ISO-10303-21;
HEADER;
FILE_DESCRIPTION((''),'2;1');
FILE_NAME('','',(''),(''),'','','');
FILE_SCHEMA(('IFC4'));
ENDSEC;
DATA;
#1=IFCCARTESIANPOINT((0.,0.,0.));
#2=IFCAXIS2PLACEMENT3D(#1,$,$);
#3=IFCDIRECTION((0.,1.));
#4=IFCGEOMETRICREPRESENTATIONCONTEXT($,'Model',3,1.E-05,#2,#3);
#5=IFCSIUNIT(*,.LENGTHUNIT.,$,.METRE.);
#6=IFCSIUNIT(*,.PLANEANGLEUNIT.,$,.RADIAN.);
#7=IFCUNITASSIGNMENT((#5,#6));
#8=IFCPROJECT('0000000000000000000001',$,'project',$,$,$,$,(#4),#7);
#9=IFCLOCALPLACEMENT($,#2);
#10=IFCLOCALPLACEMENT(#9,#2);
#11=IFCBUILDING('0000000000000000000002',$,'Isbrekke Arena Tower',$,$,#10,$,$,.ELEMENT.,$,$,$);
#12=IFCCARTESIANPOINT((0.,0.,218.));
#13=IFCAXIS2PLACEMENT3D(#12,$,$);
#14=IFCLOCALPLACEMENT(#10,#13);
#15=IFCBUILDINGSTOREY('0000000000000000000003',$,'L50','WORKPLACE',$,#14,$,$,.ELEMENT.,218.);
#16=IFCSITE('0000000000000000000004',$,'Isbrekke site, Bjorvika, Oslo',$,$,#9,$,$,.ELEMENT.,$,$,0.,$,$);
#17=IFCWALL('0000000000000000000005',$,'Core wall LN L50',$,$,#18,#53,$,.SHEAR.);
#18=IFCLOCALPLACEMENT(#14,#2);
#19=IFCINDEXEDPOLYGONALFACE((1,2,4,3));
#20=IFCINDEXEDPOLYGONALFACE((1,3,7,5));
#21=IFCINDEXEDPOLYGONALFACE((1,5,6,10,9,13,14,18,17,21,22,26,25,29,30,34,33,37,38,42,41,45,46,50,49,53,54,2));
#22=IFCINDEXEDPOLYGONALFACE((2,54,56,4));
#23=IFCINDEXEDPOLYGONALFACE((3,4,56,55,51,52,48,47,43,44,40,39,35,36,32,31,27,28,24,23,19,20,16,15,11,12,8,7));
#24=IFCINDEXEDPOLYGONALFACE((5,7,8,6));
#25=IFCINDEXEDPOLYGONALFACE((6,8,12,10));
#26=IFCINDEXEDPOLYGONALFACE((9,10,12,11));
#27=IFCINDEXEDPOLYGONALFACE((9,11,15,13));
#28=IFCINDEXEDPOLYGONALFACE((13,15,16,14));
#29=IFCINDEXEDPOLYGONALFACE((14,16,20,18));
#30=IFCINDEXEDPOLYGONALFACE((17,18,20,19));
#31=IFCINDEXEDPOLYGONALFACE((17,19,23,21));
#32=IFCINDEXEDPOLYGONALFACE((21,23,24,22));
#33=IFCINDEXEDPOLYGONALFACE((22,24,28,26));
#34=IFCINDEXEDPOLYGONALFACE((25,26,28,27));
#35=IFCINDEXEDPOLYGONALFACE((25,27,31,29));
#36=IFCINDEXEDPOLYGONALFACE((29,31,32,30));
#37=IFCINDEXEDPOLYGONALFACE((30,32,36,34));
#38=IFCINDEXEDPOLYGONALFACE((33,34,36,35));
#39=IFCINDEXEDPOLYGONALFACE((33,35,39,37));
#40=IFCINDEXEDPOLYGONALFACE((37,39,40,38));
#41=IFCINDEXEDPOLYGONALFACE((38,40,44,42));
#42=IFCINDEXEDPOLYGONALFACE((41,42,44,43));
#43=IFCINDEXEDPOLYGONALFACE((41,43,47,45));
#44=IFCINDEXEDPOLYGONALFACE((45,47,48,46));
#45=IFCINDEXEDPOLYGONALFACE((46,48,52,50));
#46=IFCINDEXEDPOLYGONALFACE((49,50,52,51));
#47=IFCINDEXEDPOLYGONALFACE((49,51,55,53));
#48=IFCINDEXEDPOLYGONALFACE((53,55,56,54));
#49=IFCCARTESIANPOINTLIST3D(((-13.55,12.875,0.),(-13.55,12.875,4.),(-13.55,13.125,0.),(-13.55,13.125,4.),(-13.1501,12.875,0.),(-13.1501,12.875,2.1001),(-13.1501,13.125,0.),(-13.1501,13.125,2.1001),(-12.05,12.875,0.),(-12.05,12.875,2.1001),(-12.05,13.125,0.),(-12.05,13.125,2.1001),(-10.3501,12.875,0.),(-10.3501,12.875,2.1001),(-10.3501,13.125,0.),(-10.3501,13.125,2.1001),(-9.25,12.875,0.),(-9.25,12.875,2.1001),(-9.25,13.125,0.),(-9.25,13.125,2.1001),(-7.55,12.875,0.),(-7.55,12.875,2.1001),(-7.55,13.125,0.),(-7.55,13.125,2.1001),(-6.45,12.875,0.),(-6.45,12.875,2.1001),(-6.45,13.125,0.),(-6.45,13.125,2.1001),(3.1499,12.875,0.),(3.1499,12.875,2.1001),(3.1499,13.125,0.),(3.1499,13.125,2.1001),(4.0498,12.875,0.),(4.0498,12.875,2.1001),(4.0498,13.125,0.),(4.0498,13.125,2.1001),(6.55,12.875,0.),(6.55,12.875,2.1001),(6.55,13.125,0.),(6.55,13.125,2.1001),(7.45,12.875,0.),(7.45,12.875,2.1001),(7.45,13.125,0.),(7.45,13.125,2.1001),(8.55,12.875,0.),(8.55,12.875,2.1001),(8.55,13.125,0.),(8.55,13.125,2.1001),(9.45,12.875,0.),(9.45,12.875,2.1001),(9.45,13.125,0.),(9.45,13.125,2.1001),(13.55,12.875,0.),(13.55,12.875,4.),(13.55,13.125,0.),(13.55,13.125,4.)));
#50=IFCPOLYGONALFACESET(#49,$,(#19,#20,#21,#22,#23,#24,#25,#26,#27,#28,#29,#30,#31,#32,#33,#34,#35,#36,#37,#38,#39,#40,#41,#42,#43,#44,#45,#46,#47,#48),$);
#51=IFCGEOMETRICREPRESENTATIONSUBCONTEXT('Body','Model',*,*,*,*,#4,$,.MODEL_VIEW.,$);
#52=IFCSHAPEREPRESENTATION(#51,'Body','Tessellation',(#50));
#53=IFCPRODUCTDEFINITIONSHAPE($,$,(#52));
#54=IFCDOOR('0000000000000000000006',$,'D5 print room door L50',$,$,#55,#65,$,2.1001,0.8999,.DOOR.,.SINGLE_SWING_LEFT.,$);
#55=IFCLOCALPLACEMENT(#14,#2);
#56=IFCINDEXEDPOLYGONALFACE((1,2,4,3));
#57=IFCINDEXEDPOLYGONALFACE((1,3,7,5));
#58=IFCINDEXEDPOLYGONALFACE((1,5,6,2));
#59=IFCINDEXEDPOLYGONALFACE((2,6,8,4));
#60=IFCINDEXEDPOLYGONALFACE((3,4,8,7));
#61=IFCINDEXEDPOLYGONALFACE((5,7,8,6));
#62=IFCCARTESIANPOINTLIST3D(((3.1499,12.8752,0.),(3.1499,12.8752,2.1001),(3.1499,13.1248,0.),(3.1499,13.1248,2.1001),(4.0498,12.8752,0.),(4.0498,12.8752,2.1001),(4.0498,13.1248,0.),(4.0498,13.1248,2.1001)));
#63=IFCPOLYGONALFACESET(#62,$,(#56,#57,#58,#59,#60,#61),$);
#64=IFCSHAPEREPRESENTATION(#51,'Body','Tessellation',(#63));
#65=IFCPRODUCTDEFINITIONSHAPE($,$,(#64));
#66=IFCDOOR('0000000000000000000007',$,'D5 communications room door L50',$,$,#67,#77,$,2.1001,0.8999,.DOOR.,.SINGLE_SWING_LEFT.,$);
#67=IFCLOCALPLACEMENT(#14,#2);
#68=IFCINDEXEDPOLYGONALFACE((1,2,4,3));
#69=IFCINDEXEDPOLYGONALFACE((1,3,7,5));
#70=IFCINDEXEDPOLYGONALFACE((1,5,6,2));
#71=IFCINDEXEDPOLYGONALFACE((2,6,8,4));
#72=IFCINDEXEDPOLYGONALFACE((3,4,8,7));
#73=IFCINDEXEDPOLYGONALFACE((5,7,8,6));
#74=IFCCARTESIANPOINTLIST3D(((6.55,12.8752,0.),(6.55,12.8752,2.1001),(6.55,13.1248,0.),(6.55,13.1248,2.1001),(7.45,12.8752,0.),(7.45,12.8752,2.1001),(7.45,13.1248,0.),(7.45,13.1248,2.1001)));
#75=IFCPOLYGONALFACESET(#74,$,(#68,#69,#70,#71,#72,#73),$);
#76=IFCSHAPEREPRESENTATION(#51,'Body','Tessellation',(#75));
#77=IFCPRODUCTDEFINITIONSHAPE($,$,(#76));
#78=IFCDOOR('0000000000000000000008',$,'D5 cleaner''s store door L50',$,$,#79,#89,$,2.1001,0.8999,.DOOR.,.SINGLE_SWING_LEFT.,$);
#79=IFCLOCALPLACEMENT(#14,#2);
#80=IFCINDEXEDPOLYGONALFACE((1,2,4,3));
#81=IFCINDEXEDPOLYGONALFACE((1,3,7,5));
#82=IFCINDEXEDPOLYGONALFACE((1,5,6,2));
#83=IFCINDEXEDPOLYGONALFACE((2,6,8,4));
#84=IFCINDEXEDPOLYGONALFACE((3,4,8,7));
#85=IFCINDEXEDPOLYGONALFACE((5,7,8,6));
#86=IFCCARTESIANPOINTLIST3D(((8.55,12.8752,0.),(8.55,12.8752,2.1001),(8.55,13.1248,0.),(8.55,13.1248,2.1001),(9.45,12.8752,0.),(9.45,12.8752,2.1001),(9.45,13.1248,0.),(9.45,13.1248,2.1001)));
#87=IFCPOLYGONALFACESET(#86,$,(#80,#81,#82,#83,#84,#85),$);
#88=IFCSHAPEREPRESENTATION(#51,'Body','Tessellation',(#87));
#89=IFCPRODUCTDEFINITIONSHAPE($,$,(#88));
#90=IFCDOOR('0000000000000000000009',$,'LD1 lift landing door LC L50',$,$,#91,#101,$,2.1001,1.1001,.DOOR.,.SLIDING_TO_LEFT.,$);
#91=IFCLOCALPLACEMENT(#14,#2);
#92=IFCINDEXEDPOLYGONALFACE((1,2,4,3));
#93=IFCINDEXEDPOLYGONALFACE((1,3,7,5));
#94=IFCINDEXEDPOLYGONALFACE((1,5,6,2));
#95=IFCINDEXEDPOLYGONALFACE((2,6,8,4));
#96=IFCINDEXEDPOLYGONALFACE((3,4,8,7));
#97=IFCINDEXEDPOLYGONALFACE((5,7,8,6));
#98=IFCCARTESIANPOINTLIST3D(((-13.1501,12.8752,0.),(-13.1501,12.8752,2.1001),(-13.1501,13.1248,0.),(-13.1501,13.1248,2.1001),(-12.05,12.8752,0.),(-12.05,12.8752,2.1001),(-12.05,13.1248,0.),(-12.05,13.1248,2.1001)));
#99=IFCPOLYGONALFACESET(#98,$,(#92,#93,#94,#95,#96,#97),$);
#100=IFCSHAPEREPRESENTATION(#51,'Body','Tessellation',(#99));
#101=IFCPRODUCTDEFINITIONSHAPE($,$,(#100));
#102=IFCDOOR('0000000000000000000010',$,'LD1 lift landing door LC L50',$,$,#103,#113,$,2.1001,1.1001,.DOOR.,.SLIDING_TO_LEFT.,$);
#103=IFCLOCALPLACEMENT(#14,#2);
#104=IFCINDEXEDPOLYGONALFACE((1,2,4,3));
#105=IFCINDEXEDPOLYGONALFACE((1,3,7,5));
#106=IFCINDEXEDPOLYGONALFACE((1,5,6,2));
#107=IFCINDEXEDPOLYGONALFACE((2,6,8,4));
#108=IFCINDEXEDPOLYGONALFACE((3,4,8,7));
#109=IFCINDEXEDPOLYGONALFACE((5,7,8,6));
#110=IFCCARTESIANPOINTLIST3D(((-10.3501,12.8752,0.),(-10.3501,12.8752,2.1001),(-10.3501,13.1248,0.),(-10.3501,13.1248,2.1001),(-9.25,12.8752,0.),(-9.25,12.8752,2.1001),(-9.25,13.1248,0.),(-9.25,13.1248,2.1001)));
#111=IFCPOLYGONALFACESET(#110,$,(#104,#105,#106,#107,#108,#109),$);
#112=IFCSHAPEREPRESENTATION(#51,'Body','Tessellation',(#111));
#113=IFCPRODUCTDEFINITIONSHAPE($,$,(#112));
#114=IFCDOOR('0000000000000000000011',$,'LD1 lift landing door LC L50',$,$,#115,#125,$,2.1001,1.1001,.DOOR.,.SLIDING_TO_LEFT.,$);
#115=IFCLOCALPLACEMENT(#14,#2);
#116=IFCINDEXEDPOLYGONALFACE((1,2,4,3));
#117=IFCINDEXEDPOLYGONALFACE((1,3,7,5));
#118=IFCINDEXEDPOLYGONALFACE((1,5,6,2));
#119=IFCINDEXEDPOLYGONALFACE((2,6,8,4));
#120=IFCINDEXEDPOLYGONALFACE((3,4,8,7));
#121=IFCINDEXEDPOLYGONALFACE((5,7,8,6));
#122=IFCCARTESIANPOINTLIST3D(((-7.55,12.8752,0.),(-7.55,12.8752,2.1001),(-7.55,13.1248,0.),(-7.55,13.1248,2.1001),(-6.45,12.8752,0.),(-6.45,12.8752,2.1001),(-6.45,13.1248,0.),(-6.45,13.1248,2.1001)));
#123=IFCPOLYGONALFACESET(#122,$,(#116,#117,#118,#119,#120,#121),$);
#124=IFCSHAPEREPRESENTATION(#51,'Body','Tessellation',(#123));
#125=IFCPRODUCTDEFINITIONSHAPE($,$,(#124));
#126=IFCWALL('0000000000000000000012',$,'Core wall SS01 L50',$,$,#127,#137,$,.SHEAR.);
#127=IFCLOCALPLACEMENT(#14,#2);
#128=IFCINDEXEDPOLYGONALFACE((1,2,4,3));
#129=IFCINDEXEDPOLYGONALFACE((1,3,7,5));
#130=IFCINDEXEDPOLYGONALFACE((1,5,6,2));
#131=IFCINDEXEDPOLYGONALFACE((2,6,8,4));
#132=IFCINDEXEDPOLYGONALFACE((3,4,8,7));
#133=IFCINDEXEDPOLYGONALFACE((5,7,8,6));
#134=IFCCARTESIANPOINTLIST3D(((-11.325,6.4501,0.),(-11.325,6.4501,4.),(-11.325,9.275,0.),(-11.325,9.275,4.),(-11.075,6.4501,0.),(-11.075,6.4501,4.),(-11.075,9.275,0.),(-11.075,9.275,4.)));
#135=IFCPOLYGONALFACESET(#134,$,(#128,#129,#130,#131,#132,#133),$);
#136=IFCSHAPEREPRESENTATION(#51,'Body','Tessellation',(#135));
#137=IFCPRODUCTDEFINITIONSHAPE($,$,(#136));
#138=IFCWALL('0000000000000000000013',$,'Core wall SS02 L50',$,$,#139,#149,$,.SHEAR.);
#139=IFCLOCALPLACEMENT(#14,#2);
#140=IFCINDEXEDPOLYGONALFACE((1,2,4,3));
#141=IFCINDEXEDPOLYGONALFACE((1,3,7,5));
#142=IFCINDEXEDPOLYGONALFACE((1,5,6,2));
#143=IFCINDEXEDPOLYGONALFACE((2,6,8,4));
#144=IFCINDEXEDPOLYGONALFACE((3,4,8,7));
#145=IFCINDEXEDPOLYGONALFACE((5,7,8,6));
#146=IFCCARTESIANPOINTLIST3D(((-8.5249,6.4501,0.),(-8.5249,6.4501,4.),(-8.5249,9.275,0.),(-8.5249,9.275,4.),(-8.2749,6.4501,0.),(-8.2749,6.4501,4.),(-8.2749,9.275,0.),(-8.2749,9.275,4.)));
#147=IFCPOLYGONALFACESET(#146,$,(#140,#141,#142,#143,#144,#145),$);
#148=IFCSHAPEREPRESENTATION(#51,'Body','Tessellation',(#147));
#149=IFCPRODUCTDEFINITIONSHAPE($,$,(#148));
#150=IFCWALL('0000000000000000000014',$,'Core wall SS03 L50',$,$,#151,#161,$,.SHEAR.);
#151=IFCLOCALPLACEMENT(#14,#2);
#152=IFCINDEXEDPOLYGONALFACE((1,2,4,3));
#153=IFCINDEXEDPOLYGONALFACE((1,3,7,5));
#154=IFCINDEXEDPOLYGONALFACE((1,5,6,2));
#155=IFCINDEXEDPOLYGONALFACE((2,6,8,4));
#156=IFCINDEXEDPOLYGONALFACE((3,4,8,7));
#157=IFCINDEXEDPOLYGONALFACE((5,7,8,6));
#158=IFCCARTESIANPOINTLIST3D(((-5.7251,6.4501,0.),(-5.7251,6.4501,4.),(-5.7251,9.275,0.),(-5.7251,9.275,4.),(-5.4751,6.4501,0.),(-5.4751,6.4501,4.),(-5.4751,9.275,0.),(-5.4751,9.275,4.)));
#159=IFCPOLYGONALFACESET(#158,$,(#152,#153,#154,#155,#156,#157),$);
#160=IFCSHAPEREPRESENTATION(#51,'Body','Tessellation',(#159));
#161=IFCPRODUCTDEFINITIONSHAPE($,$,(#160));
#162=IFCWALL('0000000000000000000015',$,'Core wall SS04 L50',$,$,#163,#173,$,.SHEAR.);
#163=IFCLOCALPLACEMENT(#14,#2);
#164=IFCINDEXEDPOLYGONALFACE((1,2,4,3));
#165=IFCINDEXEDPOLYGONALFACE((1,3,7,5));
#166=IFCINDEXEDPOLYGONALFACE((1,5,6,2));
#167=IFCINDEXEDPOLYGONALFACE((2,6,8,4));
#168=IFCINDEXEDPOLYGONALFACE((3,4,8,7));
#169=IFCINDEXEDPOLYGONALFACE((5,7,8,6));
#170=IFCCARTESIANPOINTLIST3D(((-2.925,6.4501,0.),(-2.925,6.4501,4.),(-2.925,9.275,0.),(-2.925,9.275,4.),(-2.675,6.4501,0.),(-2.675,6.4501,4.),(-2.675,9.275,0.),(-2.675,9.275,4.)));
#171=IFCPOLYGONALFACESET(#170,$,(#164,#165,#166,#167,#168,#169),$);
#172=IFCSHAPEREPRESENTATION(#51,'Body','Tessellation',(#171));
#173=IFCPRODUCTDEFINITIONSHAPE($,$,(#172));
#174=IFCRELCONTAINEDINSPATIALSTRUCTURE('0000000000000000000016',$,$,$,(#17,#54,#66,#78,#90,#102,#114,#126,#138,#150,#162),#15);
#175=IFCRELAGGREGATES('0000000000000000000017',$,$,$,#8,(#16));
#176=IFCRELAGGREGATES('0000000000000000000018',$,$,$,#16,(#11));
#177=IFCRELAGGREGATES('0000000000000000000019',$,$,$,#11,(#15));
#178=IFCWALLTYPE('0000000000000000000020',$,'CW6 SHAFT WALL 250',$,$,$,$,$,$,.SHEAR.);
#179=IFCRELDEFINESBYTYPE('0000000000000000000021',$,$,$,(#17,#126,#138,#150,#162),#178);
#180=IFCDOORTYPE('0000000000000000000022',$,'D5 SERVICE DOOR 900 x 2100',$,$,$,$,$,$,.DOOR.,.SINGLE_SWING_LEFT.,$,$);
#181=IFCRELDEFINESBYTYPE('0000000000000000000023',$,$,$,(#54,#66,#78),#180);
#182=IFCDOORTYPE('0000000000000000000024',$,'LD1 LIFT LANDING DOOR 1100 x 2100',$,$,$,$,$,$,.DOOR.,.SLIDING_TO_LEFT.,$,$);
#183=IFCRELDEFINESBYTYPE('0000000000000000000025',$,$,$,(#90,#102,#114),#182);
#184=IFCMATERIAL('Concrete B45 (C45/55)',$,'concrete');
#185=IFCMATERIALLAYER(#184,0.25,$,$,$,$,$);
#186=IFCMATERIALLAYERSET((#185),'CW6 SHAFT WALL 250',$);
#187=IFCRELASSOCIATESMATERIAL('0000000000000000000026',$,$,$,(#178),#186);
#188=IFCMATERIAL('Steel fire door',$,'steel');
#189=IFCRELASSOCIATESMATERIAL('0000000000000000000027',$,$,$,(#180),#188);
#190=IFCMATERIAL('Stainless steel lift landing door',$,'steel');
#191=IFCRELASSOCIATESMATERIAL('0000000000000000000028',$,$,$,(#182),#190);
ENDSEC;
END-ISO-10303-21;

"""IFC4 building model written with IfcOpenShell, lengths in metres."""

from ifc_helpers import new_model, si_unit, direction, frame, frame_2d, origin, place, context, subcontext, project, spatial, rectangle, extrude, material, layer, layer_set, type_object, element, fill, save


model = new_model("IFC4")

# Units and contexts
model_context = context("Model", 3, precision=1e-05, world=origin(), true_north=direction((0.0, 1.0)))
body_context = subcontext(model_context, "Body", "Model", "MODEL_VIEW")
ifc_project = project(units=[si_unit("LENGTHUNIT", "METRE"), si_unit("PLANEANGLEUNIT", "RADIAN")], contexts=[model_context])

# Site, building, storey
site_placement = place(None, origin())
site = spatial("IfcSite", under=ifc_project, at=site_placement, Name="Isbrekke site, Bjorvika, Oslo", CompositionType="ELEMENT", RefElevation=0.0)
building_placement = place(site_placement, origin())
building = spatial("IfcBuilding", under=site, at=building_placement, Name="Isbrekke Arena Tower", CompositionType="ELEMENT")
storey_placement = place(building_placement, frame((0.0, 0.0, 218.0)))
storey = spatial("IfcBuildingStorey", under=building, at=storey_placement, Name="L50", Description="WORKPLACE", CompositionType="ELEMENT", Elevation=218.0)

# Wall, openings, doors
ifc_material_1 = material(Name="Concrete B45 (C45/55)", Category="concrete")
ifc_layer_1 = layer(ifc_material_1, 0.25)
ifc_layer_set_1 = layer_set([ifc_layer_1], Name="CW6 SHAFT WALL 250")
wall_type_1 = type_object("IfcWallType", Name="CW6 SHAFT WALL 250", PredefinedType="SHEAR", material=ifc_layer_set_1)
ifc_material_2 = material(Name="Steel fire door", Category="steel")
door_type_1 = type_object("IfcDoorType", Name="D5 SERVICE DOOR 900 x 2100", OperationType="SINGLE_SWING_LEFT", PredefinedType="DOOR", material=ifc_material_2)
ifc_material_3 = material(Name="Stainless steel lift landing door", Category="steel")
door_type_2 = type_object("IfcDoorType", Name="LD1 LIFT LANDING DOOR 1100 x 2100", OperationType="SLIDING_TO_LEFT", PredefinedType="DOOR", material=ifc_material_3)
wall_1_placement = place(storey_placement, frame((-13.55, 13.0, 0.0), z_axis=(0.0, 0.0, 1.0), x_axis=(1.0, 0.0, 0.0)))
wall_1 = element("IfcWall", 1, at=wall_1_placement, inside=storey, type_object=wall_type_1, Name="Core wall LN L50", PredefinedType="SHEAR", context=body_context, shape_type="SweptSolid", body=[
    extrude(rectangle(XDim=27.1001, YDim=0.25, at=frame_2d((13.55, 0.0))), origin(), (0.0, 0.0, 1.0), 4.0),
])
opening_1_placement = place(wall_1_placement, frame((0.3999, 0.0, 0.0)))
opening_1 = element("IfcOpeningElement", 2, at=opening_1_placement, cuts=wall_1, PredefinedType="OPENING", context=body_context, shape_type="SweptSolid", body=[
    extrude(rectangle(XDim=1.1001, YDim=2.1001, at=frame_2d((0.55, 1.05))), frame((0.0, 0.1399, 0.0), z_axis=(0.0, -1.0, 0.0), x_axis=(1.0, 0.0, 0.0)), (0.0, 0.0, 1.0), 0.2798),
])
opening_2_placement = place(wall_1_placement, frame((3.2, 0.0, 0.0)))
opening_2 = element("IfcOpeningElement", 3, at=opening_2_placement, cuts=wall_1, PredefinedType="OPENING", context=body_context, shape_type="SweptSolid", body=[
    extrude(rectangle(XDim=1.1001, YDim=2.1001, at=frame_2d((0.55, 1.05))), frame((0.0, 0.1399, 0.0), z_axis=(0.0, -1.0, 0.0), x_axis=(1.0, 0.0, 0.0)), (0.0, 0.0, 1.0), 0.2798),
])
opening_3_placement = place(wall_1_placement, frame((6.0, 0.0, 0.0)))
opening_3 = element("IfcOpeningElement", 4, at=opening_3_placement, cuts=wall_1, PredefinedType="OPENING", context=body_context, shape_type="SweptSolid", body=[
    extrude(rectangle(XDim=1.1001, YDim=2.1001, at=frame_2d((0.55, 1.05))), frame((0.0, 0.1399, 0.0), z_axis=(0.0, -1.0, 0.0), x_axis=(1.0, 0.0, 0.0)), (0.0, 0.0, 1.0), 0.2798),
])
opening_4_placement = place(wall_1_placement, frame((16.7, 0.0, 0.0)))
opening_4 = element("IfcOpeningElement", 5, at=opening_4_placement, cuts=wall_1, PredefinedType="OPENING", context=body_context, shape_type="SweptSolid", body=[
    extrude(rectangle(XDim=0.8999, YDim=2.1001, at=frame_2d((0.45, 1.05))), frame((0.0, 0.1399, 0.0), z_axis=(0.0, -1.0, 0.0), x_axis=(1.0, 0.0, 0.0)), (0.0, 0.0, 1.0), 0.2798),
])
opening_5_placement = place(wall_1_placement, frame((20.1001, 0.0, 0.0)))
opening_5 = element("IfcOpeningElement", 6, at=opening_5_placement, cuts=wall_1, PredefinedType="OPENING", context=body_context, shape_type="SweptSolid", body=[
    extrude(rectangle(XDim=0.8999, YDim=2.1001, at=frame_2d((0.45, 1.05))), frame((0.0, 0.1399, 0.0), z_axis=(0.0, -1.0, 0.0), x_axis=(1.0, 0.0, 0.0)), (0.0, 0.0, 1.0), 0.2798),
])
opening_6_placement = place(wall_1_placement, frame((22.1001, 0.0, 0.0)))
opening_6 = element("IfcOpeningElement", 7, at=opening_6_placement, cuts=wall_1, PredefinedType="OPENING", context=body_context, shape_type="SweptSolid", body=[
    extrude(rectangle(XDim=0.8999, YDim=2.1001, at=frame_2d((0.45, 1.05))), frame((0.0, 0.1399, 0.0), z_axis=(0.0, -1.0, 0.0), x_axis=(1.0, 0.0, 0.0)), (0.0, 0.0, 1.0), 0.2798),
])
door_1_placement = place(opening_4_placement, origin())
door_1 = element("IfcDoor", 8, at=door_1_placement, inside=storey, type_object=door_type_1, Name="D5 print room door L50", OperationType="SINGLE_SWING_LEFT", OverallHeight=2.1001, OverallWidth=0.8999, PredefinedType="DOOR", context=body_context, shape_type="SweptSolid", body=[
    extrude(rectangle(XDim=0.8999, YDim=2.1001, at=frame_2d((0.45, 1.05))), frame((0.0, 0.1248, 0.0), z_axis=(0.0, -1.0, 0.0), x_axis=(1.0, 0.0, 0.0)), (0.0, 0.0, 1.0), 0.2495),
])
fill(opening_4, door_1)
door_2_placement = place(opening_5_placement, origin())
door_2 = element("IfcDoor", 9, at=door_2_placement, inside=storey, type_object=door_type_1, Name="D5 communications room door L50", OperationType="SINGLE_SWING_LEFT", OverallHeight=2.1001, OverallWidth=0.8999, PredefinedType="DOOR", context=body_context, shape_type="SweptSolid", body=[
    extrude(rectangle(XDim=0.8999, YDim=2.1001, at=frame_2d((0.45, 1.05))), frame((0.0, 0.1248, 0.0), z_axis=(0.0, -1.0, 0.0), x_axis=(1.0, 0.0, 0.0)), (0.0, 0.0, 1.0), 0.2495),
])
fill(opening_5, door_2)
door_3_placement = place(opening_6_placement, origin())
door_3 = element("IfcDoor", 10, at=door_3_placement, inside=storey, type_object=door_type_1, Name="D5 cleaner's store door L50", OperationType="SINGLE_SWING_LEFT", OverallHeight=2.1001, OverallWidth=0.8999, PredefinedType="DOOR", context=body_context, shape_type="SweptSolid", body=[
    extrude(rectangle(XDim=0.8999, YDim=2.1001, at=frame_2d((0.45, 1.05))), frame((0.0, 0.1248, 0.0), z_axis=(0.0, -1.0, 0.0), x_axis=(1.0, 0.0, 0.0)), (0.0, 0.0, 1.0), 0.2495),
])
fill(opening_6, door_3)
door_4_placement = place(opening_1_placement, origin())
door_4 = element("IfcDoor", 11, at=door_4_placement, inside=storey, type_object=door_type_2, Name="LD1 lift landing door LC L50", OperationType="SLIDING_TO_LEFT", OverallHeight=2.1001, OverallWidth=1.1001, PredefinedType="DOOR", context=body_context, shape_type="SweptSolid", body=[
    extrude(rectangle(XDim=1.1001, YDim=2.1001, at=frame_2d((0.55, 1.05))), frame((0.0, 0.1248, 0.0), z_axis=(0.0, -1.0, 0.0), x_axis=(1.0, 0.0, 0.0)), (0.0, 0.0, 1.0), 0.2495),
])
fill(opening_1, door_4)
door_5_placement = place(opening_2_placement, origin())
door_5 = element("IfcDoor", 12, at=door_5_placement, inside=storey, type_object=door_type_2, Name="LD1 lift landing door LC L50", OperationType="SLIDING_TO_LEFT", OverallHeight=2.1001, OverallWidth=1.1001, PredefinedType="DOOR", context=body_context, shape_type="SweptSolid", body=[
    extrude(rectangle(XDim=1.1001, YDim=2.1001, at=frame_2d((0.55, 1.05))), frame((0.0, 0.1248, 0.0), z_axis=(0.0, -1.0, 0.0), x_axis=(1.0, 0.0, 0.0)), (0.0, 0.0, 1.0), 0.2495),
])
fill(opening_2, door_5)
door_6_placement = place(opening_3_placement, origin())
door_6 = element("IfcDoor", 13, at=door_6_placement, inside=storey, type_object=door_type_2, Name="LD1 lift landing door LC L50", OperationType="SLIDING_TO_LEFT", OverallHeight=2.1001, OverallWidth=1.1001, PredefinedType="DOOR", context=body_context, shape_type="SweptSolid", body=[
    extrude(rectangle(XDim=1.1001, YDim=2.1001, at=frame_2d((0.55, 1.05))), frame((0.0, 0.1248, 0.0), z_axis=(0.0, -1.0, 0.0), x_axis=(1.0, 0.0, 0.0)), (0.0, 0.0, 1.0), 0.2495),
])
fill(opening_3, door_6)

# Walls
for number, where, z_axis, x_axis, name in (
    (14, (-11.2, 6.45, 0.0), (0.0, 0.0, 1.0), (0.0, 1.0, 0.0), "Core wall SS01 L50"),
    (15, (-8.3999, 6.45, 0.0), (0.0, 0.0, 1.0), (0.0, 1.0, 0.0), "Core wall SS02 L50"),
    (16, (-5.6001, 6.45, 0.0), (0.0, 0.0, 1.0), (0.0, 1.0, 0.0), "Core wall SS03 L50"),
    (17, (-2.8, 6.45, 0.0), (0.0, 0.0, 1.0), (0.0, 1.0, 0.0), "Core wall SS04 L50"),
):
    element("IfcWall", number, at=place(storey_placement, frame(where, z_axis=z_axis, x_axis=x_axis)), inside=storey, type_object=wall_type_1, Name=name, PredefinedType="SHEAR", context=body_context, shape_type="SweptSolid", body=[
        extrude(rectangle(XDim=2.825, YDim=0.25, at=frame_2d((1.4126, 0.0))), origin(), (0.0, 0.0, 1.0), 4.0),
    ])

save(model, "model.ifc")
